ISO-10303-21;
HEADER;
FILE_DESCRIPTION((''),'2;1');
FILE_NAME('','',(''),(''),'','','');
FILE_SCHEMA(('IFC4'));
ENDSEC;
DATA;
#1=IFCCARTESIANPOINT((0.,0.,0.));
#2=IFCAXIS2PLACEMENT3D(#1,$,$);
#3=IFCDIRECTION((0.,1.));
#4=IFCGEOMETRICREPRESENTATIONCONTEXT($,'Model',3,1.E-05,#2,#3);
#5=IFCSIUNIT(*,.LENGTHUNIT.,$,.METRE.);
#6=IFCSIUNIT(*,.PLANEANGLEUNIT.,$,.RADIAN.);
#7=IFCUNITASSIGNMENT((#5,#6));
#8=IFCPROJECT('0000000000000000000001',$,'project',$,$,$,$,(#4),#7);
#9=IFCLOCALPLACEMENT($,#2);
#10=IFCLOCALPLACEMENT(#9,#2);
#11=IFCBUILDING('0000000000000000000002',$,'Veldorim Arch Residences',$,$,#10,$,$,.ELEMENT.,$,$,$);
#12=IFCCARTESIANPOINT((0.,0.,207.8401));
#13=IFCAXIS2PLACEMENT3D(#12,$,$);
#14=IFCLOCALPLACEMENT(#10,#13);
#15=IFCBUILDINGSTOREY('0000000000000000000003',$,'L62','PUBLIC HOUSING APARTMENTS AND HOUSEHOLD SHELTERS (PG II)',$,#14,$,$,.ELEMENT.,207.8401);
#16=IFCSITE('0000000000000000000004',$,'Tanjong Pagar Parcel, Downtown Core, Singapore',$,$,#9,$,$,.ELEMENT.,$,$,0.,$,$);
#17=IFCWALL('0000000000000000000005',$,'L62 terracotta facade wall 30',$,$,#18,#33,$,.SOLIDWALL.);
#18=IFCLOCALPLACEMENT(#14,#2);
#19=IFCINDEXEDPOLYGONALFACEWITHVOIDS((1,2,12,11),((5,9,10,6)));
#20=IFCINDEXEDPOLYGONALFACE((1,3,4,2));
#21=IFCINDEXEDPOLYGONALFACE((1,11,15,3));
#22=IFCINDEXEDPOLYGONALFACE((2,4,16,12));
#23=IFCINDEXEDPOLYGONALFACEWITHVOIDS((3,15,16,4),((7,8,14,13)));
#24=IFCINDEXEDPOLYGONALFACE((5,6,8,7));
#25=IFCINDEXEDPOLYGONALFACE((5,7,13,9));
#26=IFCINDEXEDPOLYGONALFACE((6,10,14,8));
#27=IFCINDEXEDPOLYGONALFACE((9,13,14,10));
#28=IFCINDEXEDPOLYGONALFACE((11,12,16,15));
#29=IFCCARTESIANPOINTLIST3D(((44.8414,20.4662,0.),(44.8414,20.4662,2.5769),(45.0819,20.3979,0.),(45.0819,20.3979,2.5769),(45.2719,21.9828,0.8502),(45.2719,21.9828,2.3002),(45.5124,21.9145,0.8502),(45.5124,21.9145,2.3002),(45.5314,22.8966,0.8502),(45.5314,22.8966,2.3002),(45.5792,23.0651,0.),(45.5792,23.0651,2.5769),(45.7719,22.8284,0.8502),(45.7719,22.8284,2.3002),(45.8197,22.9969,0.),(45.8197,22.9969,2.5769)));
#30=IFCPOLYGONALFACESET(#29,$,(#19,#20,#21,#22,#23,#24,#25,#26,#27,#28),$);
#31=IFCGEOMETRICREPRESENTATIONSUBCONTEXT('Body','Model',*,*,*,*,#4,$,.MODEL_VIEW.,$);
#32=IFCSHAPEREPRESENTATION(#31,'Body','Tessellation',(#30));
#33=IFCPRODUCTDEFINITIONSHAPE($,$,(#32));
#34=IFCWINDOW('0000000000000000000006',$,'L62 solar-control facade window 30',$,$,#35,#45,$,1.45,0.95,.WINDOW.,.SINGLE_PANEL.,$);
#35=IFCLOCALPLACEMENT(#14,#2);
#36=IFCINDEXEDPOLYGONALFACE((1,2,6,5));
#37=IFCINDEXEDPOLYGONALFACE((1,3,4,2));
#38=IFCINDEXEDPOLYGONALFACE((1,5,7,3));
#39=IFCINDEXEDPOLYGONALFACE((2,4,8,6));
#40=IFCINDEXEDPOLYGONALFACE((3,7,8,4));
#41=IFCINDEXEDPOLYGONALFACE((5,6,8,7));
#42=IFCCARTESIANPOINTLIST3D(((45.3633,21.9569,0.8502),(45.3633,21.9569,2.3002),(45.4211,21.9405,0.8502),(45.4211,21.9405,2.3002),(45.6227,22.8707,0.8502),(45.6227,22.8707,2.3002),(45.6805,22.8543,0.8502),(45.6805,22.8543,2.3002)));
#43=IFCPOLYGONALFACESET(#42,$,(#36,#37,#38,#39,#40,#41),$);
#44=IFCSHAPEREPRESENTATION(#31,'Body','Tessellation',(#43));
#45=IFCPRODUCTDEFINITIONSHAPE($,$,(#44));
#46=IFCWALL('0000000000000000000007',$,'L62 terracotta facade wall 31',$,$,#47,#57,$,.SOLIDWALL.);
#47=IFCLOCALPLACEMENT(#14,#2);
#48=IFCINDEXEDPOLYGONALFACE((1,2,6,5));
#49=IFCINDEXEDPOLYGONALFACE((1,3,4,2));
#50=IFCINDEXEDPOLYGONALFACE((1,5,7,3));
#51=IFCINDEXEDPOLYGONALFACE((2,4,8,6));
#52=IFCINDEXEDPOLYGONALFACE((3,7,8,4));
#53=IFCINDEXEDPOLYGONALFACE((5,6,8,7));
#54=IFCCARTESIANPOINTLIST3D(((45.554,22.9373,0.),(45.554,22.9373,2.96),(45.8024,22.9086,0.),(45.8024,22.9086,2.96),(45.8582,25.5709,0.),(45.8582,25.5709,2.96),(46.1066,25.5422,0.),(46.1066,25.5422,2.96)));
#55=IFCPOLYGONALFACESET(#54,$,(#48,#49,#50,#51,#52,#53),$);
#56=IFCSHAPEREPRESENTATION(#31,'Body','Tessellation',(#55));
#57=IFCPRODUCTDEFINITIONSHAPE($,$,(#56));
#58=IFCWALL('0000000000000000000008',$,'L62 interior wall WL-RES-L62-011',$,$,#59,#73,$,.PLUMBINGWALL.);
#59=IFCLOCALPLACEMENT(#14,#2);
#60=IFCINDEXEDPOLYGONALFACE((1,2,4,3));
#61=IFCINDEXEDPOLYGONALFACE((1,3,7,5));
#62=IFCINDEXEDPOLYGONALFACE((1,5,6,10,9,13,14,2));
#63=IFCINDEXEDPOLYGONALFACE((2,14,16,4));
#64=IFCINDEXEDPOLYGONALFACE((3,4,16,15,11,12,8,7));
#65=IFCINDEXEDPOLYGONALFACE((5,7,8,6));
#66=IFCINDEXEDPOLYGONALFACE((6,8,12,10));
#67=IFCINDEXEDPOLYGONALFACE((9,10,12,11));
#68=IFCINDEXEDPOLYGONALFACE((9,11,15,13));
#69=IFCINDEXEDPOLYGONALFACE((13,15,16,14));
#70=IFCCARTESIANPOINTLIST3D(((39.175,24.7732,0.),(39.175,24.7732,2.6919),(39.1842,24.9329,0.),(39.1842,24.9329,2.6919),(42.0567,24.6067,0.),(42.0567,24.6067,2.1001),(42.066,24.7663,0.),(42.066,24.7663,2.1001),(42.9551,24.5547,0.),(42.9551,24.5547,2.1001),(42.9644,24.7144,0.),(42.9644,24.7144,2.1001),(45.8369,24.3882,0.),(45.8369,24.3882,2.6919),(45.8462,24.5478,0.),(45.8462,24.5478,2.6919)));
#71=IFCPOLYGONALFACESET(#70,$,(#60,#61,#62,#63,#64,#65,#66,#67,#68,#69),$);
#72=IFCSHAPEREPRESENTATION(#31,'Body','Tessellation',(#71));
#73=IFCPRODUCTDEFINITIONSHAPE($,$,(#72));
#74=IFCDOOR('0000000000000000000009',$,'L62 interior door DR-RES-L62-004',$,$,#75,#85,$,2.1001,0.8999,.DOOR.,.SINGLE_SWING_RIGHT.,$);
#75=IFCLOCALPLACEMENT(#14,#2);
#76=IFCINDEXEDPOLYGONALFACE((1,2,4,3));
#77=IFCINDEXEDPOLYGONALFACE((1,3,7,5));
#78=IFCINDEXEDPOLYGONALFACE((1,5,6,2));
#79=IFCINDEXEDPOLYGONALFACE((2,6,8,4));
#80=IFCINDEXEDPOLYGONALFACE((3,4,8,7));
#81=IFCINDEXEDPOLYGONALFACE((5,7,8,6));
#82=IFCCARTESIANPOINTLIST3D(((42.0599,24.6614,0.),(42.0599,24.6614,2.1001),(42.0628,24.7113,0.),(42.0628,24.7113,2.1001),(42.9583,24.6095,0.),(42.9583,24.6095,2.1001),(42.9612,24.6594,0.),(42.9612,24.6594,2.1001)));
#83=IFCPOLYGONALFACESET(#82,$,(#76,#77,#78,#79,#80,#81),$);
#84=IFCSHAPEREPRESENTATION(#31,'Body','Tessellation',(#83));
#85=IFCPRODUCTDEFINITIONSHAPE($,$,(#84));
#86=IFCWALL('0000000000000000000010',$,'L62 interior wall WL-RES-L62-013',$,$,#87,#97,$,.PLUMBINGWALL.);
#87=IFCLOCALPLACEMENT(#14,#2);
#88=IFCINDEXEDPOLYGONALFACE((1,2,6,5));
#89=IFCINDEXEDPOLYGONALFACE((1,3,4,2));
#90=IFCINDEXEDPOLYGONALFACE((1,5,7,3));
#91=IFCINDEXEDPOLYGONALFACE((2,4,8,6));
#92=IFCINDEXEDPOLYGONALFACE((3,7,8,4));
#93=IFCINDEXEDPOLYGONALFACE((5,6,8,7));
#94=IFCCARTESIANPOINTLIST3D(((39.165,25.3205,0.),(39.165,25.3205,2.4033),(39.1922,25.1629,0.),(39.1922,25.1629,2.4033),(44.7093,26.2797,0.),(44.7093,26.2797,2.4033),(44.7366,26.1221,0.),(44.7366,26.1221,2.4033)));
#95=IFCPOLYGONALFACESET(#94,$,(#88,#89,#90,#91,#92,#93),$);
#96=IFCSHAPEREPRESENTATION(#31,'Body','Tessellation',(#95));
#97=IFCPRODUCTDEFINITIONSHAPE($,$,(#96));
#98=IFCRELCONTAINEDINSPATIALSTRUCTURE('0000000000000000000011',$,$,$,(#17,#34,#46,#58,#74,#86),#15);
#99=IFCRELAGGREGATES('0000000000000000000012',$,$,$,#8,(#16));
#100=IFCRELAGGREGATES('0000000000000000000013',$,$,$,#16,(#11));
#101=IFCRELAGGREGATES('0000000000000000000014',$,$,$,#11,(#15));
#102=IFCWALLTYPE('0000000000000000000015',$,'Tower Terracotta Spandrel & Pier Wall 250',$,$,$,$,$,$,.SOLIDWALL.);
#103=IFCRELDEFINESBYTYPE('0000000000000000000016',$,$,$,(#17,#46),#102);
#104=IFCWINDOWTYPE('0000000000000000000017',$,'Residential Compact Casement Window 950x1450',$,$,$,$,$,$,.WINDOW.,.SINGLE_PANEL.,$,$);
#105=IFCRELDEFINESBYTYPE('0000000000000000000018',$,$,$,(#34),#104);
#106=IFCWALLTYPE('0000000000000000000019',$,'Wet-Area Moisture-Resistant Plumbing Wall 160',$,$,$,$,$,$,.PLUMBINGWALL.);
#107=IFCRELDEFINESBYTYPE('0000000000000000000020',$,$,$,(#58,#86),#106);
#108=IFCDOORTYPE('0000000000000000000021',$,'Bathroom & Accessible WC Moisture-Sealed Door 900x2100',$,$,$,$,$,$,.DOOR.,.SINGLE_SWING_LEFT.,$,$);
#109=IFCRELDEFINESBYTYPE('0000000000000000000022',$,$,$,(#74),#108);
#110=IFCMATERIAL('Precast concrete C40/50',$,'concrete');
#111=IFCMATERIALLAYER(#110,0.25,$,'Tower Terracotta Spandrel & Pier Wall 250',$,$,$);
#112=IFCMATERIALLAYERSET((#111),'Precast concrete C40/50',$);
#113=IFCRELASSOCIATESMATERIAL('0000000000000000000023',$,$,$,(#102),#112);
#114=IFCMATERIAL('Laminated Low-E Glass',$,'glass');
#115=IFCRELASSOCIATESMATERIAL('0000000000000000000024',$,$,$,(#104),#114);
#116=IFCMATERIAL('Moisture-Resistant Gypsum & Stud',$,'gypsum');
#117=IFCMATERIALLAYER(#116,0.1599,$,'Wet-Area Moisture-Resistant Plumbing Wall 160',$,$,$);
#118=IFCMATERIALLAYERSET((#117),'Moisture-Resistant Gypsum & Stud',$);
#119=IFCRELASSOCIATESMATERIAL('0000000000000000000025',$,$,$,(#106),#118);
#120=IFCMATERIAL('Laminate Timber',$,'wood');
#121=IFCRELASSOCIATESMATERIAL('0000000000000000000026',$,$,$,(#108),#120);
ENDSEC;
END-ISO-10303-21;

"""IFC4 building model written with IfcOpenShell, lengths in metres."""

from ifc_helpers import new_model, si_unit, direction, frame, frame_2d, origin, place, context, subcontext, project, spatial, rectangle, extrude, material, layer, layer_set, type_object, element, fill, save


model = new_model("IFC4")

# Units and contexts
model_context = context("Model", 3, precision=1e-05, world=origin(), true_north=direction((0.0, 1.0)))
body_context = subcontext(model_context, "Body", "Model", "MODEL_VIEW")
ifc_project = project(units=[si_unit("LENGTHUNIT", "METRE"), si_unit("PLANEANGLEUNIT", "RADIAN")], contexts=[model_context])

# Site, building, storey
site_placement = place(None, origin())
site = spatial("IfcSite", under=ifc_project, at=site_placement, Name="Tanjong Pagar Parcel, Downtown Core, Singapore", CompositionType="ELEMENT", RefElevation=0.0)
building_placement = place(site_placement, origin())
building = spatial("IfcBuilding", under=site, at=building_placement, Name="Veldorim Arch Residences", CompositionType="ELEMENT")
storey_placement = place(building_placement, frame((0.0, 0.0, 207.8401)))
storey = spatial("IfcBuildingStorey", under=building, at=storey_placement, Name="L62", Description="PUBLIC HOUSING APARTMENTS AND HOUSEHOLD SHELTERS (PG II)", CompositionType="ELEMENT", Elevation=207.8401)

# Shared definitions
ifc_material_1 = material(Name="Precast concrete C40/50", Category="concrete")
ifc_layer_1 = layer(ifc_material_1, 0.25, Name="Tower Terracotta Spandrel & Pier Wall 250")
ifc_layer_set_1 = layer_set([ifc_layer_1], Name="Precast concrete C40/50")
wall_type_1 = type_object("IfcWallType", Name="Tower Terracotta Spandrel & Pier Wall 250", PredefinedType="SOLIDWALL", material=ifc_layer_set_1)

# Wall, opening, window
wall_1_placement = place(storey_placement, frame((45.6995, 23.031, 0.0), z_axis=(0.0, 0.0, 1.0), x_axis=(-0.273097, -0.961986, 0.0)))
wall_1 = element("IfcWall", 1, at=wall_1_placement, inside=storey, type_object=wall_type_1, Name="L62 terracotta facade wall 30", PredefinedType="SOLIDWALL", context=body_context, shape_type="SweptSolid", body=[
    extrude(rectangle(XDim=2.7017, YDim=0.25, at=frame_2d((1.3508, 0.0))), origin(), (0.0, 0.0, 1.0), 2.5769),
])
opening_1_placement = place(wall_1_placement, frame((0.175, 0.0, 0.8501)))
opening_1 = element("IfcOpeningElement", 2, at=opening_1_placement, cuts=wall_1, PredefinedType="OPENING", context=body_context, shape_type="SweptSolid", body=[
    extrude(rectangle(XDim=0.95, YDim=1.45, at=frame_2d((0.4751, 0.7251))), frame((0.0, 0.135, 0.0), z_axis=(0.0, -1.0, 0.0), x_axis=(1.0, 0.0, 0.0)), (0.0, 0.0, 1.0), 0.27),
])
ifc_material_2 = material(Name="Laminated Low-E Glass", Category="glass")
window_type = type_object("IfcWindowType", Name="Residential Compact Casement Window 950x1450", PartitioningType="SINGLE_PANEL", PredefinedType="WINDOW", material=ifc_material_2)
window_placement = place(opening_1_placement, origin())
window = element("IfcWindow", 3, at=window_placement, inside=storey, type_object=window_type, Name="L62 solar-control facade window 30", OverallHeight=1.45, OverallWidth=0.95, PartitioningType="SINGLE_PANEL", PredefinedType="WINDOW", context=body_context, shape_type="SweptSolid", body=[
    extrude(rectangle(XDim=0.95, YDim=1.45, at=frame_2d((0.4751, 0.7251))), frame((0.0, 0.03, 0.0), z_axis=(0.0, -1.0, 0.0), x_axis=(1.0, 0.0, 0.0)), (0.0, 0.0, 1.0), 0.0601),
])
fill(opening_1, window)

# Wall
wall_2_placement = place(storey_placement, frame((45.9824, 25.5566, 0.0), z_axis=(0.0, 0.0, 1.0), x_axis=(-0.114746, -0.993395, 0.0)))
element("IfcWall", 4, at=wall_2_placement, inside=storey, type_object=wall_type_1, Name="L62 terracotta facade wall 31", PredefinedType="SOLIDWALL", context=body_context, shape_type="SweptSolid", body=[
    extrude(rectangle(XDim=2.6511, YDim=0.25, at=frame_2d((1.3257, 0.0))), origin(), (0.0, 0.0, 1.0), 2.96),
])

# Wall, opening, door
ifc_material_3 = material(Name="Moisture-Resistant Gypsum & Stud", Category="gypsum")
ifc_layer_2 = layer(ifc_material_3, 0.1599, Name="Wet-Area Moisture-Resistant Plumbing Wall 160")
ifc_layer_set_2 = layer_set([ifc_layer_2], Name="Moisture-Resistant Gypsum & Stud")
wall_type_2 = type_object("IfcWallType", Name="Wet-Area Moisture-Resistant Plumbing Wall 160", PredefinedType="PLUMBINGWALL", material=ifc_layer_set_2)
wall_3_placement = place(storey_placement, frame((39.1797, 24.853, 0.0), z_axis=(0.0, 0.0, 1.0), x_axis=(0.998334, -0.057697, 0.0)))
wall_3 = element("IfcWall", 5, at=wall_3_placement, inside=storey, type_object=wall_type_2, Name="L62 interior wall WL-RES-L62-011", PredefinedType="PLUMBINGWALL", context=body_context, shape_type="SweptSolid", body=[
    extrude(rectangle(XDim=6.6731, YDim=0.1599, at=frame_2d((3.3364, 0.0))), origin(), (0.0, 0.0, 1.0), 2.6919),
])
opening_2_placement = place(wall_3_placement, frame((2.8865, 0.0, 0.0)))
opening_2 = element("IfcOpeningElement", 6, at=opening_2_placement, cuts=wall_3, PredefinedType="OPENING", context=body_context, shape_type="SweptSolid", body=[
    extrude(rectangle(XDim=0.8999, YDim=2.1001, at=frame_2d((0.45, 1.05))), frame((0.0, 0.0898, 0.0), z_axis=(0.0, -1.0, 0.0), x_axis=(1.0, 0.0, 0.0)), (0.0, 0.0, 1.0), 0.1799),
])
ifc_material_4 = material(Name="Laminate Timber", Category="wood")
door_type_1 = type_object("IfcDoorType", Name="Bathroom & Accessible WC Moisture-Sealed Door 900x2100", OperationType="SINGLE_SWING_LEFT", PredefinedType="DOOR", material=ifc_material_4)
door_1_placement = place(opening_2_placement, origin())
door_1 = element("IfcDoor", 7, at=door_1_placement, inside=storey, type_object=door_type_1, Name="L62 interior door DR-RES-L62-004", OperationType="SINGLE_SWING_RIGHT", OverallHeight=2.1001, OverallWidth=0.8999, PredefinedType="DOOR", context=body_context, shape_type="SweptSolid", body=[
    extrude(rectangle(XDim=0.8999, YDim=2.1001, at=frame_2d((0.45, 1.05))), frame((0.0, 0.0249, 0.0), z_axis=(0.0, -1.0, 0.0), x_axis=(1.0, 0.0, 0.0)), (0.0, 0.0, 1.0), 0.05),
])
fill(opening_2, door_1)

# Wall
wall_4_placement = place(storey_placement, frame((39.1785, 25.2417, 0.0), z_axis=(0.0, 0.0, 1.0), x_axis=(0.985362, 0.170475, 0.0)))
element("IfcWall", 8, at=wall_4_placement, inside=storey, type_object=wall_type_2, Name="L62 interior wall WL-RES-L62-013", PredefinedType="PLUMBINGWALL", context=body_context, shape_type="SweptSolid", body=[
    extrude(rectangle(XDim=5.6267, YDim=0.1599, at=frame_2d((2.8135, 0.0))), origin(), (0.0, 0.0, 1.0), 2.4033),
])

save(model, "model.ifc")
